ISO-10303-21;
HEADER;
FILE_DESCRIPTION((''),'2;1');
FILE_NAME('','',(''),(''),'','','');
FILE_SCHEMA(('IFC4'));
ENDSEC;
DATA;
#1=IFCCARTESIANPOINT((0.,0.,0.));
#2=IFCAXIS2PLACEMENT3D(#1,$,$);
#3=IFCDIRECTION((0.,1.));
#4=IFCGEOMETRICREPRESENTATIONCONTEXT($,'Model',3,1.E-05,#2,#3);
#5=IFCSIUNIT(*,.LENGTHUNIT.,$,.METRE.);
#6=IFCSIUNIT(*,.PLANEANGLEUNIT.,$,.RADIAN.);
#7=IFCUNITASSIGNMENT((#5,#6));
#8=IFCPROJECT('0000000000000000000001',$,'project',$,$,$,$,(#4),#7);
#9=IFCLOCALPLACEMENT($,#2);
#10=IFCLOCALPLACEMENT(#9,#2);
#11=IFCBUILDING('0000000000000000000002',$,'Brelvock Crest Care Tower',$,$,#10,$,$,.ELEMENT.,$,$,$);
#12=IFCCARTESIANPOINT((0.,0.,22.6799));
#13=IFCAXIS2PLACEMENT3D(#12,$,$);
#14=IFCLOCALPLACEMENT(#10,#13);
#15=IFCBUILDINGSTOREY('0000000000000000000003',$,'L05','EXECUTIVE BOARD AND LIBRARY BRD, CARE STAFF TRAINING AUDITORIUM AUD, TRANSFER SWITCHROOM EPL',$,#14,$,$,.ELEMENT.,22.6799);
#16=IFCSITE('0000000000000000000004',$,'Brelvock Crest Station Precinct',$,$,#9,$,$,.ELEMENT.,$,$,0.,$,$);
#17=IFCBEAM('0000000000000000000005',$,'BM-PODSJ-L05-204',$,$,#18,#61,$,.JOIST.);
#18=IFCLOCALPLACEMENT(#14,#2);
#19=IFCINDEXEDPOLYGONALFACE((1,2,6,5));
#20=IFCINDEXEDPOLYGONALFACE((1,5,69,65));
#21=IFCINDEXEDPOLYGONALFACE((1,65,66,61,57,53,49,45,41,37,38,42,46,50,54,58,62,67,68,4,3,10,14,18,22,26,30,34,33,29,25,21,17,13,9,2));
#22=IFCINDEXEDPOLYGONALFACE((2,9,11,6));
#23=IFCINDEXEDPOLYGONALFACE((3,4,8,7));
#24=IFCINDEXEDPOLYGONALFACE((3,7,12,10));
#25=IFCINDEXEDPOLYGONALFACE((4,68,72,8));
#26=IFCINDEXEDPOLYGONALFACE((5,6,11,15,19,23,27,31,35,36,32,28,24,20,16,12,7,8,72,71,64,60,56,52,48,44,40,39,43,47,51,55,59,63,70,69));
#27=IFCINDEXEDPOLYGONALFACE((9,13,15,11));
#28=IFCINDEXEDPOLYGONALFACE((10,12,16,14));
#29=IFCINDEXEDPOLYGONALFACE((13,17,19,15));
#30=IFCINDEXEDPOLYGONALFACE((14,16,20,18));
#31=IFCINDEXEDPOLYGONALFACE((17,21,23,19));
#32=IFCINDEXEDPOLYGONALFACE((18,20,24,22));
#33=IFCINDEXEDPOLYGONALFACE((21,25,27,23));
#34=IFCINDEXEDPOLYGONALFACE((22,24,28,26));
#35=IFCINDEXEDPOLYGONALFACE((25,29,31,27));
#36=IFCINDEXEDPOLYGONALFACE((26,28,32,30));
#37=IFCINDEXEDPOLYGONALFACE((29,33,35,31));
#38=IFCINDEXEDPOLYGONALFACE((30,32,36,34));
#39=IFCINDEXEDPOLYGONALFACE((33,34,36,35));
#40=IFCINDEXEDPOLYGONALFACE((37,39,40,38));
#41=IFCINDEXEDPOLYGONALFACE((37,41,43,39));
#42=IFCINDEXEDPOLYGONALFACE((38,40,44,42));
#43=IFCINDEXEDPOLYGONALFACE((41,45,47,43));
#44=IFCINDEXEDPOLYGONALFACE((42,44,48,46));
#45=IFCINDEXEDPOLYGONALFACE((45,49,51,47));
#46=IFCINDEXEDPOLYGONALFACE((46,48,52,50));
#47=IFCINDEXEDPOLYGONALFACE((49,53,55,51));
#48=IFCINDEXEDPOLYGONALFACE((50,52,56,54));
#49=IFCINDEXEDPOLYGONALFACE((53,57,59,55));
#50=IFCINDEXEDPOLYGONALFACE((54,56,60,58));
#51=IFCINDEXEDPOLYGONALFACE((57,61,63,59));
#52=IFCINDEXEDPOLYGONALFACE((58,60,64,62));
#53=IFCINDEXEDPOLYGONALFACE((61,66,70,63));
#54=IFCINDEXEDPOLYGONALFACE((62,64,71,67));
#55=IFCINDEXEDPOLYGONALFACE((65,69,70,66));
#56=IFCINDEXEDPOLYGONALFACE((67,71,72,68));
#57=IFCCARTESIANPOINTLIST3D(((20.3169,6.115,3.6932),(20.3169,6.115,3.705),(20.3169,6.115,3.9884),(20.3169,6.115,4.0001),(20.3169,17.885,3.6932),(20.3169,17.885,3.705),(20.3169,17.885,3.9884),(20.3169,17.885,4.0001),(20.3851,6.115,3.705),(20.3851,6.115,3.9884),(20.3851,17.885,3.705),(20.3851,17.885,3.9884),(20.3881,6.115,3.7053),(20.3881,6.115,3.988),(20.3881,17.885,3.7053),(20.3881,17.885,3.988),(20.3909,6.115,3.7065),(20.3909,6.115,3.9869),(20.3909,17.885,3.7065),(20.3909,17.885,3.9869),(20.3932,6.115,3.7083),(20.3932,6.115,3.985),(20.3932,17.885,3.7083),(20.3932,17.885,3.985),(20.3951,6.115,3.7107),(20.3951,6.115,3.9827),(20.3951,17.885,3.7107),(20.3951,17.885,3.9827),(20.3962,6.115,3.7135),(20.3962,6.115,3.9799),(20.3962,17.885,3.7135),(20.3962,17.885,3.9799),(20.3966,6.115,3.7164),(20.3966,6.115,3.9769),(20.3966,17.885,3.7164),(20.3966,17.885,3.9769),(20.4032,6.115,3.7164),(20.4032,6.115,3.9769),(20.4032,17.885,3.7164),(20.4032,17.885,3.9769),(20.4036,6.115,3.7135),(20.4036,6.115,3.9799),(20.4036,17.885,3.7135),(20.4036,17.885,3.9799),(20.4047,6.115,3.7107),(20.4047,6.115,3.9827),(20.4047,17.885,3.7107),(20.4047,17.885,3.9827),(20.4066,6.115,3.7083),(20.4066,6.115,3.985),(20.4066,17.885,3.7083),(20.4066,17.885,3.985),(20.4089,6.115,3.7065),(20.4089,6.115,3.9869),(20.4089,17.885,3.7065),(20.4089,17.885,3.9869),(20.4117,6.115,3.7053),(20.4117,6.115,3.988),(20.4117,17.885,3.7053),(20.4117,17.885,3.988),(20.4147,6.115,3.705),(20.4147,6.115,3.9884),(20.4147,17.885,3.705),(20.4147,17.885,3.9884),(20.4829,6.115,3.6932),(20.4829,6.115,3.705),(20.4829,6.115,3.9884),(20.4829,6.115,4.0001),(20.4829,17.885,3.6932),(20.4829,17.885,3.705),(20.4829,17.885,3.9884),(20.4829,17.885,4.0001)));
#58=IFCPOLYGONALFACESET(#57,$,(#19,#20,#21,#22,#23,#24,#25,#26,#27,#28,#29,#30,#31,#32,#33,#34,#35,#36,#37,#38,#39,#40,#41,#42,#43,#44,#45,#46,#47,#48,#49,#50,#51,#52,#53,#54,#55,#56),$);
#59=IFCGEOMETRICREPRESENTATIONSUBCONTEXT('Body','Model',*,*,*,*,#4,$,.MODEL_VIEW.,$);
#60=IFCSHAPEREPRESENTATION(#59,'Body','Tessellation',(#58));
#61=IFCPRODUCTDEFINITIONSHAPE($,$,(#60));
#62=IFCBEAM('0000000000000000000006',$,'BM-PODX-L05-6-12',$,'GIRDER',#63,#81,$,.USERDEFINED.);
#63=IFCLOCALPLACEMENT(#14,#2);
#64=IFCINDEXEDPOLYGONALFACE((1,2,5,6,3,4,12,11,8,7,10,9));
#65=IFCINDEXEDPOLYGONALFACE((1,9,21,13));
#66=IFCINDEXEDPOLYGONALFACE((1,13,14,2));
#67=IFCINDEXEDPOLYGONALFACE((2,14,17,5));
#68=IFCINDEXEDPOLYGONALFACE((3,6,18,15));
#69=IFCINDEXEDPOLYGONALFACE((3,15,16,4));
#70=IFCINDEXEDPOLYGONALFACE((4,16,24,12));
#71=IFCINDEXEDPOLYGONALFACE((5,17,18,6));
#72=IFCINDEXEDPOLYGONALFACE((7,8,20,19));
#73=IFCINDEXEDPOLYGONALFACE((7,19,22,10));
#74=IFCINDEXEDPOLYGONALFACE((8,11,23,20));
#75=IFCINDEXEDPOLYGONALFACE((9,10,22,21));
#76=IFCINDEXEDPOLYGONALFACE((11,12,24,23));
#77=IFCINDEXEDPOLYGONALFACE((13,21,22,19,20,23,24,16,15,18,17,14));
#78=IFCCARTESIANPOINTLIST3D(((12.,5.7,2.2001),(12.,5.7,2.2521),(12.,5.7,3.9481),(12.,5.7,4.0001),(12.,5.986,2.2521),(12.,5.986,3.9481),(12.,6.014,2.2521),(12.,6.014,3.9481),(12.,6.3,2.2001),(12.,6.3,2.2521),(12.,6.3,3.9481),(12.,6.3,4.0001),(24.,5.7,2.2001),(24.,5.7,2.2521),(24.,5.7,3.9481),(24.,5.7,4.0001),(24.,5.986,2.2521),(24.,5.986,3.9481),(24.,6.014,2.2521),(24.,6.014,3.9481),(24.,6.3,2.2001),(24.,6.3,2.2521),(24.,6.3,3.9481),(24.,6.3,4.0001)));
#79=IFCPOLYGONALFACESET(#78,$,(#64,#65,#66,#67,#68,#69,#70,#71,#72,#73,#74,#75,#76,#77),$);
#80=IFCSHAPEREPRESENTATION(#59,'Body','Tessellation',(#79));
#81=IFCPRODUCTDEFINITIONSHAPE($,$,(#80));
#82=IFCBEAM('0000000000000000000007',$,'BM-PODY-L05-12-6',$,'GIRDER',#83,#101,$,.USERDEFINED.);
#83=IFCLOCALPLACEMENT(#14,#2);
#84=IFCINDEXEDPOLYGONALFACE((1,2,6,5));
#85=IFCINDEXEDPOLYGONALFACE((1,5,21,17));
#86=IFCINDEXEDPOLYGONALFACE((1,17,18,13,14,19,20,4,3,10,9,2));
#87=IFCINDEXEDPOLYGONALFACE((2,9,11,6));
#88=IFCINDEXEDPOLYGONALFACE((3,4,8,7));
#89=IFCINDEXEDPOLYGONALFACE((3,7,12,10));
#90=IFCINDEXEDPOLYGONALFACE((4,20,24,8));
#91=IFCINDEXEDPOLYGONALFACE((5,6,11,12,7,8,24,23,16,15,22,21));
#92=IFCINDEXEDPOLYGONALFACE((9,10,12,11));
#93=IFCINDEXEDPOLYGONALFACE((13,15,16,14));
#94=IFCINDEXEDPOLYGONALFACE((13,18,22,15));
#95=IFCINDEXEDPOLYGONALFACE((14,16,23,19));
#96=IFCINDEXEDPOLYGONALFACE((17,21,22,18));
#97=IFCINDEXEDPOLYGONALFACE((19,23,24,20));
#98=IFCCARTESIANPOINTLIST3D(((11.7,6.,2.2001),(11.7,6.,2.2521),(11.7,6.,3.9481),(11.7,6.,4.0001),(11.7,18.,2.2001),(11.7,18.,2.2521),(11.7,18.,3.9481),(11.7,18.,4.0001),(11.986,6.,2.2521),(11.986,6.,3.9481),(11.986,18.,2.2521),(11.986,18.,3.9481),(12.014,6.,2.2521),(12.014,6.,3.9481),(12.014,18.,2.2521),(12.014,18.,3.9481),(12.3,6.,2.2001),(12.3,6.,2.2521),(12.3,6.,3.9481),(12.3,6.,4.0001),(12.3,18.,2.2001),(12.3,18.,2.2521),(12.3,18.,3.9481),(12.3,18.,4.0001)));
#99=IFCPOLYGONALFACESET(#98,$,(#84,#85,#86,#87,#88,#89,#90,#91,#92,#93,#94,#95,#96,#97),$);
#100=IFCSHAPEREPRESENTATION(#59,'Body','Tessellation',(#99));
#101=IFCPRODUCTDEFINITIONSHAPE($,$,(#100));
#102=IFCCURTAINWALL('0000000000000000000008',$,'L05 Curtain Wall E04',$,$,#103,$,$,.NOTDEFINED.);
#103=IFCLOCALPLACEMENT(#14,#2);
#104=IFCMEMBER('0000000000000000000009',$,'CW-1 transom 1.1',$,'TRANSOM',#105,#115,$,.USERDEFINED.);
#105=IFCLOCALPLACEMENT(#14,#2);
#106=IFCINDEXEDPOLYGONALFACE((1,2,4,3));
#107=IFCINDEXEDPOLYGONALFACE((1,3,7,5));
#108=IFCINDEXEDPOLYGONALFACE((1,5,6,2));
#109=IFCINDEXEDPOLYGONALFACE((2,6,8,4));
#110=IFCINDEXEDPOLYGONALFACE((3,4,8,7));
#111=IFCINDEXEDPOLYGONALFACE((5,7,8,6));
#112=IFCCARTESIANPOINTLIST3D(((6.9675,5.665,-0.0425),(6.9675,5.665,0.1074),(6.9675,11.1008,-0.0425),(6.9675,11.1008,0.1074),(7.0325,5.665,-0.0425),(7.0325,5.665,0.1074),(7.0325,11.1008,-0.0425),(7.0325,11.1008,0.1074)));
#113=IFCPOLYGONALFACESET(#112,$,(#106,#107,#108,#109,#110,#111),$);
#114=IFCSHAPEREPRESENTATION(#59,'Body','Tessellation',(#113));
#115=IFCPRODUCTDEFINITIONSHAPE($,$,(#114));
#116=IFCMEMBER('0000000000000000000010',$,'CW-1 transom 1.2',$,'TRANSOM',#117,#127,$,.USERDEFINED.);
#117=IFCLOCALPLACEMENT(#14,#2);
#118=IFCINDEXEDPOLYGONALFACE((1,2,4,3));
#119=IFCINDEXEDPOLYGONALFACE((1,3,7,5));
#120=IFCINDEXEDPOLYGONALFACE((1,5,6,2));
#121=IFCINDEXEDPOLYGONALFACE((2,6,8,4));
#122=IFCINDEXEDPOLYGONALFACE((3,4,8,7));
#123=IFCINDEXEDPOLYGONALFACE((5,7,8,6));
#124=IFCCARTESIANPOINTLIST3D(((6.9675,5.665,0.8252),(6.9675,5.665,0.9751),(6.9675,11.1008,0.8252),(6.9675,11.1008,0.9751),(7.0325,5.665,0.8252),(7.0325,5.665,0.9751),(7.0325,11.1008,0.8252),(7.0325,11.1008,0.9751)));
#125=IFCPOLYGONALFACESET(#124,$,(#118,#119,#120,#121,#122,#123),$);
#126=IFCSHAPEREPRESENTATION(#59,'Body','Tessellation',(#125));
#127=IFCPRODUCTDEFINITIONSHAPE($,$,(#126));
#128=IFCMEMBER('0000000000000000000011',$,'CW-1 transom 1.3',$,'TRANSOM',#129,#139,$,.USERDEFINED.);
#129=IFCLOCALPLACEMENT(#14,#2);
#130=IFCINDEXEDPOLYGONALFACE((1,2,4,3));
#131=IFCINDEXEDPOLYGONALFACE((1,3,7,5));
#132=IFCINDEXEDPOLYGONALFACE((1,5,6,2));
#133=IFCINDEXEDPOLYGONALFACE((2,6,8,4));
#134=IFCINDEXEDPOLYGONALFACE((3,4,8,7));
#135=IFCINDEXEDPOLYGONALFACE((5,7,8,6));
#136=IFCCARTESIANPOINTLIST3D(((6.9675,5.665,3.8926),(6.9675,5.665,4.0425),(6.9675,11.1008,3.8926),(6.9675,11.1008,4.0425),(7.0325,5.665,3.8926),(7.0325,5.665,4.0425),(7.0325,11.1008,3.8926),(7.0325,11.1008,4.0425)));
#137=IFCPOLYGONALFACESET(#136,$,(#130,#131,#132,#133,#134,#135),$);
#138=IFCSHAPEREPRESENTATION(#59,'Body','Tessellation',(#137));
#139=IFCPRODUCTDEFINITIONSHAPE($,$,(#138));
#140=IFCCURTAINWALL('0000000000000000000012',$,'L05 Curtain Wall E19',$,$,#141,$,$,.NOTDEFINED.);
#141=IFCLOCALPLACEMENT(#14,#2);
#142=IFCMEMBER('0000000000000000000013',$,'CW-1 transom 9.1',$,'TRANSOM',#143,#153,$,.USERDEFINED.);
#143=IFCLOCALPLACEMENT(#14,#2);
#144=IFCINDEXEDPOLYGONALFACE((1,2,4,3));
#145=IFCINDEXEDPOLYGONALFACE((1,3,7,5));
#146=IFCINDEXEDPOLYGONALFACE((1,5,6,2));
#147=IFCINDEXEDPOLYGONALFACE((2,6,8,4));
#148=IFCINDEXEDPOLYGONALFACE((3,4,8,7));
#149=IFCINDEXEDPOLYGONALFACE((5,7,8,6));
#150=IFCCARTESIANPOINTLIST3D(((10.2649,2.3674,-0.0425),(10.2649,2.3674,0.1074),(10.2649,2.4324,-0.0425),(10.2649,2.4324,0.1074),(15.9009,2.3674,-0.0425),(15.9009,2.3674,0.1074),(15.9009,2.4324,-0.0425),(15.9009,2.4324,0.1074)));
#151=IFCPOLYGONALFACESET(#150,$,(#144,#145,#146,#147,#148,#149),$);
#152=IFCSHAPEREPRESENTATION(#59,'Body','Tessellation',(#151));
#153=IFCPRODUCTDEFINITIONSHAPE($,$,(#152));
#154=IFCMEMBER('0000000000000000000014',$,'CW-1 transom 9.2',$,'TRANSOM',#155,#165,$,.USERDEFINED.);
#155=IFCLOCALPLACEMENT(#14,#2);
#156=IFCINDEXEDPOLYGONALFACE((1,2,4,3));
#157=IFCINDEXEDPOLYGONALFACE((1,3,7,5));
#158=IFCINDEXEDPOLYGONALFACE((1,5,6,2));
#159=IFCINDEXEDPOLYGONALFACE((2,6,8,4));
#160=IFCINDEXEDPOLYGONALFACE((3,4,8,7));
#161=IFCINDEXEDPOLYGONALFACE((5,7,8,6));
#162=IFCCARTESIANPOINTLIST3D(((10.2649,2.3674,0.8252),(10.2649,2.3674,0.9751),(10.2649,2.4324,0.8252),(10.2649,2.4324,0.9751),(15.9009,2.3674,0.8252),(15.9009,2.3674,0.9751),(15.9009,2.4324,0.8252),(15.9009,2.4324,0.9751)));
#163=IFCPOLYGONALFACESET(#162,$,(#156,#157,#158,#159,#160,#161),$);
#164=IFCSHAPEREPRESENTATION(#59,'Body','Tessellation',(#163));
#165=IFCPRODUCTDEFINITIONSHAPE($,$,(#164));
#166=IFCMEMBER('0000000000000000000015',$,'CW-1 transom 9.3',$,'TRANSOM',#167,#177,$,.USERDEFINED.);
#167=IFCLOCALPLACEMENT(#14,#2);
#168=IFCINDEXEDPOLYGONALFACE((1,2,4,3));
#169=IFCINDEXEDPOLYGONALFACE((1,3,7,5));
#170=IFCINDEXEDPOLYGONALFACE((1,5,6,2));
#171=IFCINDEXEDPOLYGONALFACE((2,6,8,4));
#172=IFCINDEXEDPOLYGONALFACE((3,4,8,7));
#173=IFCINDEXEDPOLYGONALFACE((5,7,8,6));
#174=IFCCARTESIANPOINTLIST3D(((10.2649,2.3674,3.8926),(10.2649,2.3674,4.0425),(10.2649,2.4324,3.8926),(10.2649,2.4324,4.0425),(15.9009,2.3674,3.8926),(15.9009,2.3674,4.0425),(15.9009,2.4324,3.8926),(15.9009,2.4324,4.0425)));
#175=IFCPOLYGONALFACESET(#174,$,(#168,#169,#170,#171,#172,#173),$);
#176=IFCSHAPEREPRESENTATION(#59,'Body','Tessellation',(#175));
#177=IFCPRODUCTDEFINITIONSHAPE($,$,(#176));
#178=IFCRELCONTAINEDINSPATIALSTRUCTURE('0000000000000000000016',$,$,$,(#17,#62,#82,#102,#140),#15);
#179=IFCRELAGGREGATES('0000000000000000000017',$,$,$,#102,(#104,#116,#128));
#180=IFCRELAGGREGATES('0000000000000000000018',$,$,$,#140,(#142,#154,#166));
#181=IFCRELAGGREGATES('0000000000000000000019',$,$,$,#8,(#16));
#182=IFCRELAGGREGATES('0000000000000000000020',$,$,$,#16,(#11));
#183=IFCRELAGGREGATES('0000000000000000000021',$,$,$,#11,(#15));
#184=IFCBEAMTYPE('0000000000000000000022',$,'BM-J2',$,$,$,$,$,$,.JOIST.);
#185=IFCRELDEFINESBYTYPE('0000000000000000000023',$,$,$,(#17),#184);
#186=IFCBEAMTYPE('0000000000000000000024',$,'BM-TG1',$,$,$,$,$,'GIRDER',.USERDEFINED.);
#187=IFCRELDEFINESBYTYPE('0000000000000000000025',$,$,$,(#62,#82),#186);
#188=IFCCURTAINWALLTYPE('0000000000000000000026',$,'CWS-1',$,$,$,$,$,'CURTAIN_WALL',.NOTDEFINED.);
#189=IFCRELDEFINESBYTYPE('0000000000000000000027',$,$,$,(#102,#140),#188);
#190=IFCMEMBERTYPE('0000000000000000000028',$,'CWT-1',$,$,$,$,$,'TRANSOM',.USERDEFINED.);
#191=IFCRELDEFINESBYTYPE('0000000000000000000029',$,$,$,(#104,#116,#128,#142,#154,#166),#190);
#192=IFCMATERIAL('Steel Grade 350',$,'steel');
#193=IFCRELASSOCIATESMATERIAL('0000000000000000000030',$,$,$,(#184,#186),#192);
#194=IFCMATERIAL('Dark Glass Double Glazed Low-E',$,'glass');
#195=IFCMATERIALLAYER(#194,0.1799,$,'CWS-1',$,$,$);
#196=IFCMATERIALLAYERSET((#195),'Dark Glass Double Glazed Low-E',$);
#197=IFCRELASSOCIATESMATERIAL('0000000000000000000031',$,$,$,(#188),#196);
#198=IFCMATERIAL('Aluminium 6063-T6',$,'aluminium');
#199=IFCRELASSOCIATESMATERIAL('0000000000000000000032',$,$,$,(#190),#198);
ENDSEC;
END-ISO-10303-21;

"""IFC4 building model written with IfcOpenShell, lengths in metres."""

from ifc_helpers import new_model, si_unit, direction, frame, origin, origin_2d, place, context, subcontext, project, spatial, rectangle, i_section, extrude, source, transform, mapped, material, layer, layer_set, material_profile, profile_set, type_object, element, aggregate, save


model = new_model("IFC4")

# Units and contexts
model_context = context("Model", 3, precision=1e-05, world=origin(), true_north=direction((0.0, 1.0)))
body_context = subcontext(model_context, "Body", "Model", "MODEL_VIEW")
ifc_project = project(units=[si_unit("LENGTHUNIT", "METRE"), si_unit("PLANEANGLEUNIT", "RADIAN")], contexts=[model_context])

# Site, building, storey
site_placement = place(None, origin())
site = spatial("IfcSite", under=ifc_project, at=site_placement, Name="Brelvock Crest Station Precinct", CompositionType="ELEMENT", RefElevation=0.0)
building_placement = place(site_placement, origin())
building = spatial("IfcBuilding", under=site, at=building_placement, Name="Brelvock Crest Care Tower", CompositionType="ELEMENT")
storey_placement = place(building_placement, frame((0.0, 0.0, 22.6799)))
storey = spatial("IfcBuildingStorey", under=building, at=storey_placement, Name="L05", Description="EXECUTIVE BOARD AND LIBRARY BRD, CARE STAFF TRAINING AUDITORIUM AUD, TRANSFER SWITCHROOM EPL", CompositionType="ELEMENT", Elevation=22.6799)

# Shared definitions
ifc_material_1 = material(Name="Steel Grade 350", Category="steel")

# Beams
ifc_material_profile_1 = material_profile(ifc_material_1, i_section(OverallWidth=0.166, OverallDepth=0.3069, WebThickness=0.0066, FlangeThickness=0.0117, FilletRadius=0.0115, at=origin_2d()), Name="310UB46.2")
ifc_profile_set_1 = profile_set([ifc_material_profile_1], Name="Steel Grade 350")
beam_type_1 = type_object("IfcBeamType", Name="BM-J2", PredefinedType="JOIST", material=ifc_profile_set_1)
shared_shape_1 = source(origin(), body_context, "Body", "SweptSolid", [
    extrude(i_section(OverallWidth=0.166, OverallDepth=0.3069, WebThickness=0.0066, FlangeThickness=0.0117, FilletRadius=0.0115, at=origin_2d()), origin(), (0.0, 0.0, 1.0), 11.77),
])
for number, where, z_axis, x_axis, name in (
    (1, (20.3999, 6.115, 3.8467), (0.0, 1.0, 0.0), (-1.0, 0.0, 0.0), "BM-PODSJ-L05-204"),
):
    element("IfcBeam", number, at=place(storey_placement, frame(where, z_axis=z_axis, x_axis=x_axis)), inside=storey, type_object=beam_type_1, Name=name, PredefinedType="JOIST", context=body_context, shape_type="MappedRepresentation", body=[
        mapped(shared_shape_1, transform((0.0, 0.0, 0.0), x_axis=(1.0, 0.0, 0.0), y_axis=(0.0, 1.0, 0.0), z_axis=(0.0, 0.0, 1.0), scale=1.0)),
    ])
ifc_material_profile_2 = material_profile(ifc_material_1, i_section(OverallWidth=0.6001, OverallDepth=1.8, WebThickness=0.0281, FlangeThickness=0.052, at=origin_2d()), Name="1800TG740")
ifc_profile_set_2 = profile_set([ifc_material_profile_2], Name="Steel Grade 350")
beam_type_2 = type_object("IfcBeamType", Name="BM-TG1", ElementType="GIRDER", PredefinedType="USERDEFINED", material=ifc_profile_set_2)
shared_shape_2 = source(origin(), body_context, "Body", "SweptSolid", [
    extrude(i_section(OverallWidth=0.6001, OverallDepth=1.8, WebThickness=0.0281, FlangeThickness=0.052, at=origin_2d()), origin(), (0.0, 0.0, 1.0), 12.0),
])
for number, where, z_axis, x_axis, name in (
    (2, (12.0, 6.0, 3.1001), (1.0, 0.0, 0.0), (0.0, 1.0, 0.0), "BM-PODX-L05-6-12"),
    (3, (12.0, 6.0, 3.1001), (0.0, 1.0, 0.0), (-1.0, 0.0, 0.0), "BM-PODY-L05-12-6"),
):
    element("IfcBeam", number, at=place(storey_placement, frame(where, z_axis=z_axis, x_axis=x_axis)), inside=storey, type_object=beam_type_2, Name=name, ObjectType="GIRDER", PredefinedType="USERDEFINED", context=body_context, shape_type="MappedRepresentation", body=[
        mapped(shared_shape_2, transform((0.0, 0.0, 0.0), x_axis=(1.0, 0.0, 0.0), y_axis=(0.0, 1.0, 0.0), z_axis=(0.0, 0.0, 1.0), scale=1.0)),
    ])

# Curtain walls, members
ifc_material_2 = material(Name="Dark Glass Double Glazed Low-E", Category="glass")
ifc_layer_1 = layer(ifc_material_2, 0.1799, Name="CWS-1")
ifc_layer_set_1 = layer_set([ifc_layer_1], Name="Dark Glass Double Glazed Low-E")
curtain_wall_type = type_object("IfcCurtainWallType", Name="CWS-1", ElementType="CURTAIN_WALL", PredefinedType="NOTDEFINED", material=ifc_layer_set_1)
curtain_wall_1_placement = place(storey_placement, origin())
curtain_wall_1 = element("IfcCurtainWall", 4, at=curtain_wall_1_placement, inside=storey, type_object=curtain_wall_type, Name="L05 Curtain Wall E04", PredefinedType="NOTDEFINED")
ifc_material_3 = material(Name="Aluminium 6063-T6", Category="aluminium")
ifc_material_profile_3 = material_profile(ifc_material_3, rectangle(XDim=0.0649, YDim=0.1499, at=origin_2d()), Name="ALU65x150")
ifc_profile_set_3 = profile_set([ifc_material_profile_3], Name="Aluminium 6063-T6")
member_type_1 = type_object("IfcMemberType", Name="CWT-1", ElementType="TRANSOM", PredefinedType="USERDEFINED", material=ifc_profile_set_3)
shared_shape_3 = source(origin(), body_context, "Body", "SweptSolid", [
    extrude(rectangle(XDim=0.0649, YDim=0.1499, at=origin_2d()), origin(), (0.0, 0.0, 1.0), 5.4358),
])
member_1_placement = place(storey_placement, frame((7.0, 5.665, 0.0325), z_axis=(0.0, 1.0, 0.0), x_axis=(-1.0, 0.0, 0.0)))
member_1 = element("IfcMember", 5, at=member_1_placement, type_object=member_type_1, Name="CW-1 transom 1.1", ObjectType="TRANSOM", PredefinedType="USERDEFINED", context=body_context, shape_type="MappedRepresentation", body=[
    mapped(shared_shape_3, transform((0.0, 0.0, 0.0), x_axis=(1.0, 0.0, 0.0), y_axis=(0.0, 1.0, 0.0), z_axis=(0.0, 0.0, 1.0), scale=1.0)),
])
member_2_placement = place(storey_placement, frame((7.0, 5.665, 0.9001), z_axis=(0.0, 1.0, 0.0), x_axis=(-1.0, 0.0, 0.0)))
member_2 = element("IfcMember", 6, at=member_2_placement, type_object=member_type_1, Name="CW-1 transom 1.2", ObjectType="TRANSOM", PredefinedType="USERDEFINED", context=body_context, shape_type="MappedRepresentation", body=[
    mapped(shared_shape_3, transform((0.0, 0.0, 0.0), x_axis=(1.0, 0.0, 0.0), y_axis=(0.0, 1.0, 0.0), z_axis=(0.0, 0.0, 1.0), scale=1.0)),
])
member_3_placement = place(storey_placement, frame((7.0, 5.665, 3.9675), z_axis=(0.0, 1.0, 0.0), x_axis=(-1.0, 0.0, 0.0)))
member_3 = element("IfcMember", 7, at=member_3_placement, type_object=member_type_1, Name="CW-1 transom 1.3", ObjectType="TRANSOM", PredefinedType="USERDEFINED", context=body_context, shape_type="MappedRepresentation", body=[
    mapped(shared_shape_3, transform((0.0, 0.0, 0.0), x_axis=(1.0, 0.0, 0.0), y_axis=(0.0, 1.0, 0.0), z_axis=(0.0, 0.0, 1.0), scale=1.0)),
])
curtain_wall_2_placement = place(storey_placement, origin())
curtain_wall_2 = element("IfcCurtainWall", 8, at=curtain_wall_2_placement, inside=storey, type_object=curtain_wall_type, Name="L05 Curtain Wall E19", PredefinedType="NOTDEFINED")
shared_shape_4 = source(origin(), body_context, "Body", "SweptSolid", [
    extrude(rectangle(XDim=0.0649, YDim=0.1499, at=origin_2d()), origin(), (0.0, 0.0, 1.0), 5.636),
])
member_4_placement = place(storey_placement, frame((15.9009, 2.3999, 0.0325), z_axis=(-1.0, 0.0, 0.0), x_axis=(0.0, -1.0, 0.0)))
member_4 = element("IfcMember", 9, at=member_4_placement, type_object=member_type_1, Name="CW-1 transom 9.1", ObjectType="TRANSOM", PredefinedType="USERDEFINED", context=body_context, shape_type="MappedRepresentation", body=[
    mapped(shared_shape_4, transform((0.0, 0.0, 0.0), x_axis=(1.0, 0.0, 0.0), y_axis=(0.0, 1.0, 0.0), z_axis=(0.0, 0.0, 1.0), scale=1.0)),
])
member_5_placement = place(storey_placement, frame((15.9009, 2.3999, 0.9001), z_axis=(-1.0, 0.0, 0.0), x_axis=(0.0, -1.0, 0.0)))
member_5 = element("IfcMember", 10, at=member_5_placement, type_object=member_type_1, Name="CW-1 transom 9.2", ObjectType="TRANSOM", PredefinedType="USERDEFINED", context=body_context, shape_type="MappedRepresentation", body=[
    mapped(shared_shape_4, transform((0.0, 0.0, 0.0), x_axis=(1.0, 0.0, 0.0), y_axis=(0.0, 1.0, 0.0), z_axis=(0.0, 0.0, 1.0), scale=1.0)),
])
member_6_placement = place(storey_placement, frame((15.9009, 2.3999, 3.9675), z_axis=(-1.0, 0.0, 0.0), x_axis=(0.0, -1.0, 0.0)))
member_6 = element("IfcMember", 11, at=member_6_placement, type_object=member_type_1, Name="CW-1 transom 9.3", ObjectType="TRANSOM", PredefinedType="USERDEFINED", context=body_context, shape_type="MappedRepresentation", body=[
    mapped(shared_shape_4, transform((0.0, 0.0, 0.0), x_axis=(1.0, 0.0, 0.0), y_axis=(0.0, 1.0, 0.0), z_axis=(0.0, 0.0, 1.0), scale=1.0)),
])

aggregate(curtain_wall_1, [member_1, member_2, member_3])

aggregate(curtain_wall_2, [member_4, member_5, member_6])

save(model, "model.ifc")
